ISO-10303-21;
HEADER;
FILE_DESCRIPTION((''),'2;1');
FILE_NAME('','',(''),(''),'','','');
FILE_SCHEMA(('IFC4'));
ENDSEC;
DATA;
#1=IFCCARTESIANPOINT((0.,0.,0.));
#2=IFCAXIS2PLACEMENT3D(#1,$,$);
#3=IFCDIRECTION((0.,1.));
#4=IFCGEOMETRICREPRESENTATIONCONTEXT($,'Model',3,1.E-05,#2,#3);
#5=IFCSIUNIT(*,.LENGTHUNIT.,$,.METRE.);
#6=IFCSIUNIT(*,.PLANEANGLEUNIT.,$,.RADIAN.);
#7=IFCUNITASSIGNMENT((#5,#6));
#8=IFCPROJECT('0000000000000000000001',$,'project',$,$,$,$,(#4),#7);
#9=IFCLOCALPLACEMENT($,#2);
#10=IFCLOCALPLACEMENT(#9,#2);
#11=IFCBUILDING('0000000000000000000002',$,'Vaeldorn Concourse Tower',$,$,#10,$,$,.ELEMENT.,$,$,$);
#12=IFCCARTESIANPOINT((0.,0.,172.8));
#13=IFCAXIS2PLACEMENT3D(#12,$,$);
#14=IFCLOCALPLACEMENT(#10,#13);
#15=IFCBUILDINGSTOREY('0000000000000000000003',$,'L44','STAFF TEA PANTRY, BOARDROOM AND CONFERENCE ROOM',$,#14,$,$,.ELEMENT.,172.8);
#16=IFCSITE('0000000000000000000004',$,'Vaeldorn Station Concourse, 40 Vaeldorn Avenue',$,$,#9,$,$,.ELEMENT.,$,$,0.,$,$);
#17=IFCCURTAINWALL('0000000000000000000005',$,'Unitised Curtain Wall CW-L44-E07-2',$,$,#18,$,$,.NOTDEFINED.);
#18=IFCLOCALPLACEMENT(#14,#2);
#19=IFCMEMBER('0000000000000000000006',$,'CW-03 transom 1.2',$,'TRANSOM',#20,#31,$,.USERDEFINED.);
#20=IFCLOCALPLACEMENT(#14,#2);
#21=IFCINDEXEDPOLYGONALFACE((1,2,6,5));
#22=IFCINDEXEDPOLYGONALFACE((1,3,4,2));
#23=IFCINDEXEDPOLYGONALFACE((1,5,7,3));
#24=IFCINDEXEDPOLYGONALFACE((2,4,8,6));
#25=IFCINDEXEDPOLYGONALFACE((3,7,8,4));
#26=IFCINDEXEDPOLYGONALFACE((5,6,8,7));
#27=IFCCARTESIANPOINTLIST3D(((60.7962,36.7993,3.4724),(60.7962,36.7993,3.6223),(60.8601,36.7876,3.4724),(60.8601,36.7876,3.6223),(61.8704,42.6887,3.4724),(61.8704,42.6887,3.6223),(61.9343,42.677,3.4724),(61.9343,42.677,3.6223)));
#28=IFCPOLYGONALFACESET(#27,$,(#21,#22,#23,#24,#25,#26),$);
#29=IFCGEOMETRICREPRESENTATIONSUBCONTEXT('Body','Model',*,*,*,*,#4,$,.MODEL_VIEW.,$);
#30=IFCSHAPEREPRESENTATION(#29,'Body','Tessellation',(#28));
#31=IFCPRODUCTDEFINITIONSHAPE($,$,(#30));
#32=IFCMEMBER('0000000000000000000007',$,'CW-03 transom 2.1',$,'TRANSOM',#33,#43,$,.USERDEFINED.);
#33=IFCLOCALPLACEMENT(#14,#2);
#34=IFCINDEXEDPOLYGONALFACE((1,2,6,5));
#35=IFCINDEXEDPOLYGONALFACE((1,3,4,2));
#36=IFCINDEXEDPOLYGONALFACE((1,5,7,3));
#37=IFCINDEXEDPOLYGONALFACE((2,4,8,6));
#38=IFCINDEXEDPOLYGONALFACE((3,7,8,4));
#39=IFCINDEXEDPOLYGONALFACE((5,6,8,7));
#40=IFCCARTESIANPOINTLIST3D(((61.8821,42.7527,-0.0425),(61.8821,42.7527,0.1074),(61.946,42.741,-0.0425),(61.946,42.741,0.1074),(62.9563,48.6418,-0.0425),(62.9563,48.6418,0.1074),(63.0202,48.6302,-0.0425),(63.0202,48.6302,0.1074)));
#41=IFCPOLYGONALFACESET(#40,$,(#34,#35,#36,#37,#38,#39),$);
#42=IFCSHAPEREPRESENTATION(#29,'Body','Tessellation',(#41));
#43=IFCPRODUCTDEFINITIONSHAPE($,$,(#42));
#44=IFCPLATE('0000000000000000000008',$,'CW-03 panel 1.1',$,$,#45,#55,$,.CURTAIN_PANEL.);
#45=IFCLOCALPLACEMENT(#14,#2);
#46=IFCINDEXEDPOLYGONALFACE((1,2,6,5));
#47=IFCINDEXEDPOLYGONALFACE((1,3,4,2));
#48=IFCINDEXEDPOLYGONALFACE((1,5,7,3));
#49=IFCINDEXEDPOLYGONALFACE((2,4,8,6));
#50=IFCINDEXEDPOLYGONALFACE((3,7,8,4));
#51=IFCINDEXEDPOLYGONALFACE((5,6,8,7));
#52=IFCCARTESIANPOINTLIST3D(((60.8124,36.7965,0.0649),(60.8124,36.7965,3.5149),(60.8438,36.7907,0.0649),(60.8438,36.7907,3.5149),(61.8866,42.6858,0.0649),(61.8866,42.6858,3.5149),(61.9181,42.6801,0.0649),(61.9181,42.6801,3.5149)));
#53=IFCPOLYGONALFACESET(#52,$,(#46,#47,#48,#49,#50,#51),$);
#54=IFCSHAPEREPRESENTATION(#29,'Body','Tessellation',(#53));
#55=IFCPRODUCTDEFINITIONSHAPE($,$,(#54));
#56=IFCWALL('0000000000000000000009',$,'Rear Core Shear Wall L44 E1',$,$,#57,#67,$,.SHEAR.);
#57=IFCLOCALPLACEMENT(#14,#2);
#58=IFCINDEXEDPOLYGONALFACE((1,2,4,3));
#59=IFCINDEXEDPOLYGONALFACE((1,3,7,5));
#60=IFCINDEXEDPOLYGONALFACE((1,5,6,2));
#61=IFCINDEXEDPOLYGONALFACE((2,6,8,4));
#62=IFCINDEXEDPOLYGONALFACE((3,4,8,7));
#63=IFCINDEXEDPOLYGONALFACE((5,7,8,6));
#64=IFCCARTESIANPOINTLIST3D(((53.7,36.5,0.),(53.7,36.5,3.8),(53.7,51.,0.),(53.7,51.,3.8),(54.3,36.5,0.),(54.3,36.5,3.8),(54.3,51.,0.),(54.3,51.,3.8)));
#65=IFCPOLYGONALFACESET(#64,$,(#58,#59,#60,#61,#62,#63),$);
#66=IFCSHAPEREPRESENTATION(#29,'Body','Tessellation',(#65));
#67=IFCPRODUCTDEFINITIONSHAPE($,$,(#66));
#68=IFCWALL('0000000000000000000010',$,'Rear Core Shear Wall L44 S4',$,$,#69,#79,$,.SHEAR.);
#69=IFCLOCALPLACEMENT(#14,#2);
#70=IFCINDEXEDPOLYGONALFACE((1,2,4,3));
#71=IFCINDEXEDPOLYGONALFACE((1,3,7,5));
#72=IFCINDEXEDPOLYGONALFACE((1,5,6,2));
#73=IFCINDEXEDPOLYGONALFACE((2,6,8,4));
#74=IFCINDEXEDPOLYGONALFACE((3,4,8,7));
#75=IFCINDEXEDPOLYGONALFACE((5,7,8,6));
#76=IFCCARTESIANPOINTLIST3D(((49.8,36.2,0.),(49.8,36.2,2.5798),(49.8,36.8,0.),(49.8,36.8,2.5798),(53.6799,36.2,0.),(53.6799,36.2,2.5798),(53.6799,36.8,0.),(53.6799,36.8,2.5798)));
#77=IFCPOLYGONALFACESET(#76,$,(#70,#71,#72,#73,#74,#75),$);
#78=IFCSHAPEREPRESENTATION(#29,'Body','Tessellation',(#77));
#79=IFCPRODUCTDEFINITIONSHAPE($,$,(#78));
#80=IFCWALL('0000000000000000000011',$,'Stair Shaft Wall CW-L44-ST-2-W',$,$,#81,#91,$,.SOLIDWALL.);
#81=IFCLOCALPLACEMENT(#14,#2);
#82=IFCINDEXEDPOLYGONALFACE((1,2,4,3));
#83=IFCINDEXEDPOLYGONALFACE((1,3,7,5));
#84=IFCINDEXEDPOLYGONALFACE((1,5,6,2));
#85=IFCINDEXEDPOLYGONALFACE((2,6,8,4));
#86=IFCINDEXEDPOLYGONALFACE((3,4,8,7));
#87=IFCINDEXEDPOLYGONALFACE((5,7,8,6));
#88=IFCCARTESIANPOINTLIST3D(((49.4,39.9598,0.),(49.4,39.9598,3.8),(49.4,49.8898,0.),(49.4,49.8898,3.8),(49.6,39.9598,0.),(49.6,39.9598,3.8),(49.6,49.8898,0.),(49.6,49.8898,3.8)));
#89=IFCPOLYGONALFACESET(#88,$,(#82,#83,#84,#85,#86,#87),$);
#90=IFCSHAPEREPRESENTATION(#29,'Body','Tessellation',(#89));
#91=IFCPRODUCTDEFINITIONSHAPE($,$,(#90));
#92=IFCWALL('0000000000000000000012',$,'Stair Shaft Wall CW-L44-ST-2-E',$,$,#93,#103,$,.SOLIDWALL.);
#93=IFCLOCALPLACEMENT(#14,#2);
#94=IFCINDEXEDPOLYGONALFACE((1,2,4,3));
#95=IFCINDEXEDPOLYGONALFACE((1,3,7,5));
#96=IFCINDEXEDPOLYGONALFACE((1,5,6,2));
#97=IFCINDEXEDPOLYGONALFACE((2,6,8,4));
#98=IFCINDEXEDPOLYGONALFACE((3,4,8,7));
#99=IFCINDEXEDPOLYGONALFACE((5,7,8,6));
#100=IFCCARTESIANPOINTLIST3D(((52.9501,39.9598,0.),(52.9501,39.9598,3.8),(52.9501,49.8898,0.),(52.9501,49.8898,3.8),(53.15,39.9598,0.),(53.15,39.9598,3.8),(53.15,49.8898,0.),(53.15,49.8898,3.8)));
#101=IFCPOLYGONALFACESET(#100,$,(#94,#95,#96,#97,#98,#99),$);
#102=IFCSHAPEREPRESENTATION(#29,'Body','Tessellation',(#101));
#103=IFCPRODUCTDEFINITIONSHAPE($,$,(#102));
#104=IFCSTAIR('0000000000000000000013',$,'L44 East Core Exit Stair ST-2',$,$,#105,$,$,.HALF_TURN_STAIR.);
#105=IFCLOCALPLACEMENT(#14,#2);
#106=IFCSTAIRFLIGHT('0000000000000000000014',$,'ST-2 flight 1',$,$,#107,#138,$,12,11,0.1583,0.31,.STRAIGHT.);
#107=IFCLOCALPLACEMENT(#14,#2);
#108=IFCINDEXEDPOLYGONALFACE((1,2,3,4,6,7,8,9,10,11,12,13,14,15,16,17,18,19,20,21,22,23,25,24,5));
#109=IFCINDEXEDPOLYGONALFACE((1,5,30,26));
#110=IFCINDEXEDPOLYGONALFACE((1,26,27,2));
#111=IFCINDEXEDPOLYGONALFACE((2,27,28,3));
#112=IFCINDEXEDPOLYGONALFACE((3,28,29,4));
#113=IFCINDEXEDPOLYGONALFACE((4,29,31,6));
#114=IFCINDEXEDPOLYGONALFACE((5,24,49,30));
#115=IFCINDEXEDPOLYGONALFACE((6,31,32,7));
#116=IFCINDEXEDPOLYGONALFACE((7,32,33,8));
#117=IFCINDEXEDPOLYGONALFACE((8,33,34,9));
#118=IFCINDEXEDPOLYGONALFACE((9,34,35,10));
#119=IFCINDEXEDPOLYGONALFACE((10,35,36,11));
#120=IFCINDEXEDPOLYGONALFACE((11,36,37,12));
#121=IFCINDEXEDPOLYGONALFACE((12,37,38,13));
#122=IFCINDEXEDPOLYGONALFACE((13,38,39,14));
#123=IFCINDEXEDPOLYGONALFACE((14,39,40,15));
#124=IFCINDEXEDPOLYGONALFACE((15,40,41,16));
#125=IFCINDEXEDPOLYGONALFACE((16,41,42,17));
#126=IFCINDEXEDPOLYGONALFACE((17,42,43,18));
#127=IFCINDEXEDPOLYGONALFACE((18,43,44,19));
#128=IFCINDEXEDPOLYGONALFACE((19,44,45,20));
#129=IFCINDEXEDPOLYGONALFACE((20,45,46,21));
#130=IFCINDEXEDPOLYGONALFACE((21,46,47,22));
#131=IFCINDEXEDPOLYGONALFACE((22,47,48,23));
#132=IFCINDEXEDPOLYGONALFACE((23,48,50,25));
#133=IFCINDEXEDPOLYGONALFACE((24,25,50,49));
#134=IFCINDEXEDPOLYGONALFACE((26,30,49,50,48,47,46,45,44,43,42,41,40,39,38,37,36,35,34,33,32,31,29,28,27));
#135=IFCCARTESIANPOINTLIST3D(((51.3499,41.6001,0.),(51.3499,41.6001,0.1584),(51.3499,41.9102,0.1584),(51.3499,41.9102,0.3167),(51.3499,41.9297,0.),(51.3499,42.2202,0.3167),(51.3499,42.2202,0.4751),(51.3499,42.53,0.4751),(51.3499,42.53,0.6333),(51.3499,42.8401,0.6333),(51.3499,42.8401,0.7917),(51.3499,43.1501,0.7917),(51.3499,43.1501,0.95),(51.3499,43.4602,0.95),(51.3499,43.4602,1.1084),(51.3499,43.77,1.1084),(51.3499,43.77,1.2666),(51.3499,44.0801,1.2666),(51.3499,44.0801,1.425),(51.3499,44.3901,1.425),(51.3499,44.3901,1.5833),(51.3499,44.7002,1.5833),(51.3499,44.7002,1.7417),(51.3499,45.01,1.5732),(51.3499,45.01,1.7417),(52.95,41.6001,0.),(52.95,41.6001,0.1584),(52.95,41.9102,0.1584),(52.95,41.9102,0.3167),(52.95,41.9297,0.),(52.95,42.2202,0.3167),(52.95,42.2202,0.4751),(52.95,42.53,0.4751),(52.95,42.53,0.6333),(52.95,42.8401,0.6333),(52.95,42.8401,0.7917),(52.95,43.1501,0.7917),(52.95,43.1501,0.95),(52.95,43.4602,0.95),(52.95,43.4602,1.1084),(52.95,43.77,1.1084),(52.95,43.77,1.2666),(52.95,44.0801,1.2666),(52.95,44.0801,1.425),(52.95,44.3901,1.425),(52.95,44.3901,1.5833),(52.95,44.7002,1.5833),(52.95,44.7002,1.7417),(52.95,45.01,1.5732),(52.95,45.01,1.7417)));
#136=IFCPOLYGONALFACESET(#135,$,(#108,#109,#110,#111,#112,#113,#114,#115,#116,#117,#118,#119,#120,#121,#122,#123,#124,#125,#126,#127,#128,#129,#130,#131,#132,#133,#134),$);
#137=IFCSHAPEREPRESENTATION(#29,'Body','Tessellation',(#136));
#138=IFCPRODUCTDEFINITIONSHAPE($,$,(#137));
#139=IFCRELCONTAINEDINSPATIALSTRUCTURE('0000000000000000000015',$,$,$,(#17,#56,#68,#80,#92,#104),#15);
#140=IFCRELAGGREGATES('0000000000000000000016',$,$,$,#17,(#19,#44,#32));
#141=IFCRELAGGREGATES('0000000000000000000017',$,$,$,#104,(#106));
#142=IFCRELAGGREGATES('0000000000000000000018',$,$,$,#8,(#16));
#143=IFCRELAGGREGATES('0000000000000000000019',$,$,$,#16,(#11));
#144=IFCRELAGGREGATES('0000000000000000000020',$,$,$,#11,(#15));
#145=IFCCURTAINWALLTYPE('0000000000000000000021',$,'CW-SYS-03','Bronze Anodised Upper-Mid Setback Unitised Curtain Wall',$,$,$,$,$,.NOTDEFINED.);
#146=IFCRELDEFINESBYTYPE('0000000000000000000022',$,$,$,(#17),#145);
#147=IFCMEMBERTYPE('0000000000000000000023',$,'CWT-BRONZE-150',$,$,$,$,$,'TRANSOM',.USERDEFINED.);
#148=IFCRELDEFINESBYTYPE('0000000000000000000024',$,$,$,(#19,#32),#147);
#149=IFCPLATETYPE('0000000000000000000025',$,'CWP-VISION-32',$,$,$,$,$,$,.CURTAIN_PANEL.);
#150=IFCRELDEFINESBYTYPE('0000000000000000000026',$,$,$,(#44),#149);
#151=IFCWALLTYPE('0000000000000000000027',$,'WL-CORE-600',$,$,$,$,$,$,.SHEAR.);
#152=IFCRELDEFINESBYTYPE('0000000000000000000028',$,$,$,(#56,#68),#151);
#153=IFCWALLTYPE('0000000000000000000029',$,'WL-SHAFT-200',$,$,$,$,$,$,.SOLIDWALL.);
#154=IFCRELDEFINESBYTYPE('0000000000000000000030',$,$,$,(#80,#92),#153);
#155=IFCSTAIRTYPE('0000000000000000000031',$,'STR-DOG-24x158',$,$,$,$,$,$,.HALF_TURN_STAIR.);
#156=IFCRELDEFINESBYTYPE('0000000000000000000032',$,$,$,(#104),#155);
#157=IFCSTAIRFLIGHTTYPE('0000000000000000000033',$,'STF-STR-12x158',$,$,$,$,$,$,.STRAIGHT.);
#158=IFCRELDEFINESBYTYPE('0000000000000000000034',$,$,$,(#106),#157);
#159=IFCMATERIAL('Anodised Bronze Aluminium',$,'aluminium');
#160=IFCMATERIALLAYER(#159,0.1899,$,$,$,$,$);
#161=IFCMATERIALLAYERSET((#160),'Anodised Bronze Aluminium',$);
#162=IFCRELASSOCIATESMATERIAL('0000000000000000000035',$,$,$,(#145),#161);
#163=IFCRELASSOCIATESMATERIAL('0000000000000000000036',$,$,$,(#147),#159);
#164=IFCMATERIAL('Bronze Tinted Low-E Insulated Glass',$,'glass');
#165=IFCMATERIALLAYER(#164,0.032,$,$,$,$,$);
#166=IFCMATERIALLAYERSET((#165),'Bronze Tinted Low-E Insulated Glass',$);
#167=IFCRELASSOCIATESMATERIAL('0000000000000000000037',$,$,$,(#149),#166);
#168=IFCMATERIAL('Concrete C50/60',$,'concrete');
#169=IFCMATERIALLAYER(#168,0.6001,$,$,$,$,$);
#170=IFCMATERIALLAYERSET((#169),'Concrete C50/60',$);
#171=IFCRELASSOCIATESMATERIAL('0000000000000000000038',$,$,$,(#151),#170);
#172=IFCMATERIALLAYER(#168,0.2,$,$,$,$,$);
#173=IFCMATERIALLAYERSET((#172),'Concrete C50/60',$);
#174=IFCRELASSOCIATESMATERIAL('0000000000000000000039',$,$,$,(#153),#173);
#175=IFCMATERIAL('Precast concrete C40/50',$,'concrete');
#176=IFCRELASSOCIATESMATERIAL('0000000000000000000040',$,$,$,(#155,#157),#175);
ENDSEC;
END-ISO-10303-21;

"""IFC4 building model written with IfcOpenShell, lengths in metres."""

from ifc_helpers import new_model, si_unit, direction, frame, frame_2d, origin, origin_2d, place, context, subcontext, project, spatial, polyline, rectangle, outline, extrude, source, transform, mapped, material, layer, layer_set, material_profile, profile_set, type_object, element, aggregate, save


model = new_model("IFC4")

# Units and contexts
model_context = context("Model", 3, precision=1e-05, world=origin(), true_north=direction((0.0, 1.0)))
body_context = subcontext(model_context, "Body", "Model", "MODEL_VIEW")
ifc_project = project(units=[si_unit("LENGTHUNIT", "METRE"), si_unit("PLANEANGLEUNIT", "RADIAN")], contexts=[model_context])

# Site, building, storey
site_placement = place(None, origin())
site = spatial("IfcSite", under=ifc_project, at=site_placement, Name="Vaeldorn Station Concourse, 40 Vaeldorn Avenue", CompositionType="ELEMENT", RefElevation=0.0)
building_placement = place(site_placement, origin())
building = spatial("IfcBuilding", under=site, at=building_placement, Name="Vaeldorn Concourse Tower", CompositionType="ELEMENT")
storey_placement = place(building_placement, frame((0.0, 0.0, 172.8)))
storey = spatial("IfcBuildingStorey", under=building, at=storey_placement, Name="L44", Description="STAFF TEA PANTRY, BOARDROOM AND CONFERENCE ROOM", CompositionType="ELEMENT", Elevation=172.8)

# Shared definitions
ifc_material_1 = material(Name="Concrete C50/60", Category="concrete")

# Curtain wall, members, plate
ifc_material_2 = material(Name="Anodised Bronze Aluminium", Category="aluminium")
ifc_layer_1 = layer(ifc_material_2, 0.1899)
ifc_layer_set_1 = layer_set([ifc_layer_1], Name="Anodised Bronze Aluminium")
curtain_wall_type = type_object("IfcCurtainWallType", Name="CW-SYS-03", Description="Bronze Anodised Upper-Mid Setback Unitised Curtain Wall", PredefinedType="NOTDEFINED", material=ifc_layer_set_1)
curtain_wall_placement = place(storey_placement, origin())
curtain_wall = element("IfcCurtainWall", 1, at=curtain_wall_placement, inside=storey, type_object=curtain_wall_type, Name="Unitised Curtain Wall CW-L44-E07-2", PredefinedType="NOTDEFINED")
ifc_material_profile_1 = material_profile(ifc_material_2, rectangle(XDim=0.0649, YDim=0.1499, at=origin_2d()), Name="CWT 65x150")
ifc_profile_set_1 = profile_set([ifc_material_profile_1], Name="Anodised Bronze Aluminium")
member_type_1 = type_object("IfcMemberType", Name="CWT-BRONZE-150", ElementType="TRANSOM", PredefinedType="USERDEFINED", material=ifc_profile_set_1)
shared_shape_1 = source(origin(), body_context, "Body", "SweptSolid", [
    extrude(rectangle(XDim=0.0649, YDim=0.1499, at=origin_2d()), origin(), (0.0, 0.0, 1.0), 5.9866),
])
member_1_placement = place(storey_placement, frame((60.8281, 36.7935, 3.5474), z_axis=(0.179438, 0.983769, 0.0), x_axis=(-0.983769, 0.179438, 0.0)))
member_1 = element("IfcMember", 2, at=member_1_placement, type_object=member_type_1, Name="CW-03 transom 1.2", ObjectType="TRANSOM", PredefinedType="USERDEFINED", context=body_context, shape_type="MappedRepresentation", body=[
    mapped(shared_shape_1, transform((0.0, 0.0, 0.0), scale=1.0)),
])
shared_shape_2 = source(origin(), body_context, "Body", "SweptSolid", [
    extrude(rectangle(XDim=0.0649, YDim=0.1499, at=origin_2d()), origin(), (0.0, 0.0, 1.0), 5.9863),
])
member_2_placement = place(storey_placement, frame((61.9141, 42.7468, 0.0325), z_axis=(0.179445, 0.983768, 0.0), x_axis=(-0.983768, 0.179445, 0.0)))
member_2 = element("IfcMember", 3, at=member_2_placement, type_object=member_type_1, Name="CW-03 transom 2.1", ObjectType="TRANSOM", PredefinedType="USERDEFINED", context=body_context, shape_type="MappedRepresentation", body=[
    mapped(shared_shape_2, transform((0.0, 0.0, 0.0), scale=1.0)),
])
ifc_material_3 = material(Name="Bronze Tinted Low-E Insulated Glass", Category="glass")
ifc_layer_2 = layer(ifc_material_3, 0.032)
ifc_layer_set_2 = layer_set([ifc_layer_2], Name="Bronze Tinted Low-E Insulated Glass")
plate_type = type_object("IfcPlateType", Name="CWP-VISION-32", PredefinedType="CURTAIN_PANEL", material=ifc_layer_set_2)
shared_shape_3 = source(origin(), body_context, "Body", "SweptSolid", [
    extrude(rectangle(XDim=5.9866, YDim=0.032, at=origin_2d()), origin(), (0.0, 0.0, 1.0), 3.45),
])
plate_placement = place(storey_placement, frame((61.3652, 39.7383, 0.0649), z_axis=(0.0, 0.0, 1.0), x_axis=(0.179447, 0.983768, 0.0)))
plate = element("IfcPlate", 4, at=plate_placement, type_object=plate_type, Name="CW-03 panel 1.1", PredefinedType="CURTAIN_PANEL", context=body_context, shape_type="MappedRepresentation", body=[
    mapped(shared_shape_3, transform((0.0, 0.0, 0.0), scale=1.0)),
])
aggregate(curtain_wall, [member_1, plate, member_2])

# Walls
ifc_layer_3 = layer(ifc_material_1, 0.6001)
ifc_layer_set_3 = layer_set([ifc_layer_3], Name="Concrete C50/60")
wall_type_1 = type_object("IfcWallType", Name="WL-CORE-600", PredefinedType="SHEAR", material=ifc_layer_set_3)
wall_1_placement = place(storey_placement, frame((54.0, 36.5, 0.0), z_axis=(0.0, 0.0, 1.0), x_axis=(0.0, 1.0, 0.0)))
element("IfcWall", 5, at=wall_1_placement, inside=storey, type_object=wall_type_1, Name="Rear Core Shear Wall L44 E1", PredefinedType="SHEAR", context=body_context, shape_type="SweptSolid", body=[
    extrude(rectangle(XDim=14.5, YDim=0.6001, at=frame_2d((7.25, 0.0))), origin(), (0.0, 0.0, 1.0), 3.8),
])
wall_2_placement = place(storey_placement, frame((49.8, 36.5, 0.0), z_axis=(0.0, 0.0, 1.0), x_axis=(1.0, 0.0, 0.0)))
element("IfcWall", 6, at=wall_2_placement, inside=storey, type_object=wall_type_1, Name="Rear Core Shear Wall L44 S4", PredefinedType="SHEAR", context=body_context, shape_type="SweptSolid", body=[
    extrude(rectangle(XDim=3.8799, YDim=0.6001, at=frame_2d((1.9399, 0.0))), origin(), (0.0, 0.0, 1.0), 2.5798),
])

# Shared definitions
ifc_layer_4 = layer(ifc_material_1, 0.2)
ifc_layer_set_4 = layer_set([ifc_layer_4], Name="Concrete C50/60")
wall_type_2 = type_object("IfcWallType", Name="WL-SHAFT-200", PredefinedType="SOLIDWALL", material=ifc_layer_set_4)

# Walls
for number, where, z_axis, x_axis, name in (
    (7, (49.5, 39.96, 0.0), (0.0, 0.0, 1.0), (0.0, 1.0, 0.0), "Stair Shaft Wall CW-L44-ST-2-W"),
    (8, (53.05, 39.96, 0.0), (0.0, 0.0, 1.0), (0.0, 1.0, 0.0), "Stair Shaft Wall CW-L44-ST-2-E"),
):
    element("IfcWall", number, at=place(storey_placement, frame(where, z_axis=z_axis, x_axis=x_axis)), inside=storey, type_object=wall_type_2, Name=name, PredefinedType="SOLIDWALL", context=body_context, shape_type="SweptSolid", body=[
        extrude(rectangle(XDim=9.9299, YDim=0.2, at=frame_2d((4.9648, 0.0))), origin(), (0.0, 0.0, 1.0), 3.8),
    ])

# Stair, stair flight
ifc_material_4 = material(Name="Precast concrete C40/50", Category="concrete")
stair_type = type_object("IfcStairType", Name="STR-DOG-24x158", PredefinedType="HALF_TURN_STAIR", material=ifc_material_4)
stair_placement = place(storey_placement, origin())
stair = element("IfcStair", 9, at=stair_placement, inside=storey, type_object=stair_type, Name="L44 East Core Exit Stair ST-2", PredefinedType="HALF_TURN_STAIR")
stair_flight_type = type_object("IfcStairFlightType", Name="STF-STR-12x158", PredefinedType="STRAIGHT", material=ifc_material_4)
stair_flight_placement = place(storey_placement, frame((52.1499, 41.6001, 0.0), z_axis=(0.0, 0.0, 1.0), x_axis=(0.0, 1.0, 0.0)))
stair_flight = element("IfcStairFlight", 10, at=stair_flight_placement, type_object=stair_flight_type, Name="ST-2 flight 1", NumberOfRisers=12, NumberOfTreads=11, PredefinedType="STRAIGHT", RiserHeight=0.1583, TreadLength=0.31, context=body_context, shape_type="SweptSolid", body=[
    extrude(outline(polyline([(0.0, 0.0), (0.0, 0.1584), (0.3101, 0.1584), (0.3101, 0.3167), (0.6201, 0.3167), (0.6201, 0.4751), (0.9299, 0.4751), (0.9299, 0.6333), (1.24, 0.6333), (1.24, 0.7917), (1.55, 0.7917), (1.55, 0.95), (1.8601, 0.95), (1.8601, 1.1084), (2.1699, 1.1084), (2.1699, 1.2666), (2.48, 1.2666), (2.48, 1.425), (2.79, 1.425), (2.79, 1.5833), (3.1001, 1.5833), (3.1001, 1.7417), (3.4099, 1.7417), (3.4099, 1.8999), (3.4099, 1.5732), (0.3296, 0.0), (0.0, 0.0)])), frame((0.0, 0.8, 0.0), z_axis=(0.0, -1.0, 0.0), x_axis=(1.0, 0.0, 0.0)), (0.0, 0.0, 1.0), 1.6001),
])
aggregate(stair, [stair_flight])

save(model, "model.ifc")
